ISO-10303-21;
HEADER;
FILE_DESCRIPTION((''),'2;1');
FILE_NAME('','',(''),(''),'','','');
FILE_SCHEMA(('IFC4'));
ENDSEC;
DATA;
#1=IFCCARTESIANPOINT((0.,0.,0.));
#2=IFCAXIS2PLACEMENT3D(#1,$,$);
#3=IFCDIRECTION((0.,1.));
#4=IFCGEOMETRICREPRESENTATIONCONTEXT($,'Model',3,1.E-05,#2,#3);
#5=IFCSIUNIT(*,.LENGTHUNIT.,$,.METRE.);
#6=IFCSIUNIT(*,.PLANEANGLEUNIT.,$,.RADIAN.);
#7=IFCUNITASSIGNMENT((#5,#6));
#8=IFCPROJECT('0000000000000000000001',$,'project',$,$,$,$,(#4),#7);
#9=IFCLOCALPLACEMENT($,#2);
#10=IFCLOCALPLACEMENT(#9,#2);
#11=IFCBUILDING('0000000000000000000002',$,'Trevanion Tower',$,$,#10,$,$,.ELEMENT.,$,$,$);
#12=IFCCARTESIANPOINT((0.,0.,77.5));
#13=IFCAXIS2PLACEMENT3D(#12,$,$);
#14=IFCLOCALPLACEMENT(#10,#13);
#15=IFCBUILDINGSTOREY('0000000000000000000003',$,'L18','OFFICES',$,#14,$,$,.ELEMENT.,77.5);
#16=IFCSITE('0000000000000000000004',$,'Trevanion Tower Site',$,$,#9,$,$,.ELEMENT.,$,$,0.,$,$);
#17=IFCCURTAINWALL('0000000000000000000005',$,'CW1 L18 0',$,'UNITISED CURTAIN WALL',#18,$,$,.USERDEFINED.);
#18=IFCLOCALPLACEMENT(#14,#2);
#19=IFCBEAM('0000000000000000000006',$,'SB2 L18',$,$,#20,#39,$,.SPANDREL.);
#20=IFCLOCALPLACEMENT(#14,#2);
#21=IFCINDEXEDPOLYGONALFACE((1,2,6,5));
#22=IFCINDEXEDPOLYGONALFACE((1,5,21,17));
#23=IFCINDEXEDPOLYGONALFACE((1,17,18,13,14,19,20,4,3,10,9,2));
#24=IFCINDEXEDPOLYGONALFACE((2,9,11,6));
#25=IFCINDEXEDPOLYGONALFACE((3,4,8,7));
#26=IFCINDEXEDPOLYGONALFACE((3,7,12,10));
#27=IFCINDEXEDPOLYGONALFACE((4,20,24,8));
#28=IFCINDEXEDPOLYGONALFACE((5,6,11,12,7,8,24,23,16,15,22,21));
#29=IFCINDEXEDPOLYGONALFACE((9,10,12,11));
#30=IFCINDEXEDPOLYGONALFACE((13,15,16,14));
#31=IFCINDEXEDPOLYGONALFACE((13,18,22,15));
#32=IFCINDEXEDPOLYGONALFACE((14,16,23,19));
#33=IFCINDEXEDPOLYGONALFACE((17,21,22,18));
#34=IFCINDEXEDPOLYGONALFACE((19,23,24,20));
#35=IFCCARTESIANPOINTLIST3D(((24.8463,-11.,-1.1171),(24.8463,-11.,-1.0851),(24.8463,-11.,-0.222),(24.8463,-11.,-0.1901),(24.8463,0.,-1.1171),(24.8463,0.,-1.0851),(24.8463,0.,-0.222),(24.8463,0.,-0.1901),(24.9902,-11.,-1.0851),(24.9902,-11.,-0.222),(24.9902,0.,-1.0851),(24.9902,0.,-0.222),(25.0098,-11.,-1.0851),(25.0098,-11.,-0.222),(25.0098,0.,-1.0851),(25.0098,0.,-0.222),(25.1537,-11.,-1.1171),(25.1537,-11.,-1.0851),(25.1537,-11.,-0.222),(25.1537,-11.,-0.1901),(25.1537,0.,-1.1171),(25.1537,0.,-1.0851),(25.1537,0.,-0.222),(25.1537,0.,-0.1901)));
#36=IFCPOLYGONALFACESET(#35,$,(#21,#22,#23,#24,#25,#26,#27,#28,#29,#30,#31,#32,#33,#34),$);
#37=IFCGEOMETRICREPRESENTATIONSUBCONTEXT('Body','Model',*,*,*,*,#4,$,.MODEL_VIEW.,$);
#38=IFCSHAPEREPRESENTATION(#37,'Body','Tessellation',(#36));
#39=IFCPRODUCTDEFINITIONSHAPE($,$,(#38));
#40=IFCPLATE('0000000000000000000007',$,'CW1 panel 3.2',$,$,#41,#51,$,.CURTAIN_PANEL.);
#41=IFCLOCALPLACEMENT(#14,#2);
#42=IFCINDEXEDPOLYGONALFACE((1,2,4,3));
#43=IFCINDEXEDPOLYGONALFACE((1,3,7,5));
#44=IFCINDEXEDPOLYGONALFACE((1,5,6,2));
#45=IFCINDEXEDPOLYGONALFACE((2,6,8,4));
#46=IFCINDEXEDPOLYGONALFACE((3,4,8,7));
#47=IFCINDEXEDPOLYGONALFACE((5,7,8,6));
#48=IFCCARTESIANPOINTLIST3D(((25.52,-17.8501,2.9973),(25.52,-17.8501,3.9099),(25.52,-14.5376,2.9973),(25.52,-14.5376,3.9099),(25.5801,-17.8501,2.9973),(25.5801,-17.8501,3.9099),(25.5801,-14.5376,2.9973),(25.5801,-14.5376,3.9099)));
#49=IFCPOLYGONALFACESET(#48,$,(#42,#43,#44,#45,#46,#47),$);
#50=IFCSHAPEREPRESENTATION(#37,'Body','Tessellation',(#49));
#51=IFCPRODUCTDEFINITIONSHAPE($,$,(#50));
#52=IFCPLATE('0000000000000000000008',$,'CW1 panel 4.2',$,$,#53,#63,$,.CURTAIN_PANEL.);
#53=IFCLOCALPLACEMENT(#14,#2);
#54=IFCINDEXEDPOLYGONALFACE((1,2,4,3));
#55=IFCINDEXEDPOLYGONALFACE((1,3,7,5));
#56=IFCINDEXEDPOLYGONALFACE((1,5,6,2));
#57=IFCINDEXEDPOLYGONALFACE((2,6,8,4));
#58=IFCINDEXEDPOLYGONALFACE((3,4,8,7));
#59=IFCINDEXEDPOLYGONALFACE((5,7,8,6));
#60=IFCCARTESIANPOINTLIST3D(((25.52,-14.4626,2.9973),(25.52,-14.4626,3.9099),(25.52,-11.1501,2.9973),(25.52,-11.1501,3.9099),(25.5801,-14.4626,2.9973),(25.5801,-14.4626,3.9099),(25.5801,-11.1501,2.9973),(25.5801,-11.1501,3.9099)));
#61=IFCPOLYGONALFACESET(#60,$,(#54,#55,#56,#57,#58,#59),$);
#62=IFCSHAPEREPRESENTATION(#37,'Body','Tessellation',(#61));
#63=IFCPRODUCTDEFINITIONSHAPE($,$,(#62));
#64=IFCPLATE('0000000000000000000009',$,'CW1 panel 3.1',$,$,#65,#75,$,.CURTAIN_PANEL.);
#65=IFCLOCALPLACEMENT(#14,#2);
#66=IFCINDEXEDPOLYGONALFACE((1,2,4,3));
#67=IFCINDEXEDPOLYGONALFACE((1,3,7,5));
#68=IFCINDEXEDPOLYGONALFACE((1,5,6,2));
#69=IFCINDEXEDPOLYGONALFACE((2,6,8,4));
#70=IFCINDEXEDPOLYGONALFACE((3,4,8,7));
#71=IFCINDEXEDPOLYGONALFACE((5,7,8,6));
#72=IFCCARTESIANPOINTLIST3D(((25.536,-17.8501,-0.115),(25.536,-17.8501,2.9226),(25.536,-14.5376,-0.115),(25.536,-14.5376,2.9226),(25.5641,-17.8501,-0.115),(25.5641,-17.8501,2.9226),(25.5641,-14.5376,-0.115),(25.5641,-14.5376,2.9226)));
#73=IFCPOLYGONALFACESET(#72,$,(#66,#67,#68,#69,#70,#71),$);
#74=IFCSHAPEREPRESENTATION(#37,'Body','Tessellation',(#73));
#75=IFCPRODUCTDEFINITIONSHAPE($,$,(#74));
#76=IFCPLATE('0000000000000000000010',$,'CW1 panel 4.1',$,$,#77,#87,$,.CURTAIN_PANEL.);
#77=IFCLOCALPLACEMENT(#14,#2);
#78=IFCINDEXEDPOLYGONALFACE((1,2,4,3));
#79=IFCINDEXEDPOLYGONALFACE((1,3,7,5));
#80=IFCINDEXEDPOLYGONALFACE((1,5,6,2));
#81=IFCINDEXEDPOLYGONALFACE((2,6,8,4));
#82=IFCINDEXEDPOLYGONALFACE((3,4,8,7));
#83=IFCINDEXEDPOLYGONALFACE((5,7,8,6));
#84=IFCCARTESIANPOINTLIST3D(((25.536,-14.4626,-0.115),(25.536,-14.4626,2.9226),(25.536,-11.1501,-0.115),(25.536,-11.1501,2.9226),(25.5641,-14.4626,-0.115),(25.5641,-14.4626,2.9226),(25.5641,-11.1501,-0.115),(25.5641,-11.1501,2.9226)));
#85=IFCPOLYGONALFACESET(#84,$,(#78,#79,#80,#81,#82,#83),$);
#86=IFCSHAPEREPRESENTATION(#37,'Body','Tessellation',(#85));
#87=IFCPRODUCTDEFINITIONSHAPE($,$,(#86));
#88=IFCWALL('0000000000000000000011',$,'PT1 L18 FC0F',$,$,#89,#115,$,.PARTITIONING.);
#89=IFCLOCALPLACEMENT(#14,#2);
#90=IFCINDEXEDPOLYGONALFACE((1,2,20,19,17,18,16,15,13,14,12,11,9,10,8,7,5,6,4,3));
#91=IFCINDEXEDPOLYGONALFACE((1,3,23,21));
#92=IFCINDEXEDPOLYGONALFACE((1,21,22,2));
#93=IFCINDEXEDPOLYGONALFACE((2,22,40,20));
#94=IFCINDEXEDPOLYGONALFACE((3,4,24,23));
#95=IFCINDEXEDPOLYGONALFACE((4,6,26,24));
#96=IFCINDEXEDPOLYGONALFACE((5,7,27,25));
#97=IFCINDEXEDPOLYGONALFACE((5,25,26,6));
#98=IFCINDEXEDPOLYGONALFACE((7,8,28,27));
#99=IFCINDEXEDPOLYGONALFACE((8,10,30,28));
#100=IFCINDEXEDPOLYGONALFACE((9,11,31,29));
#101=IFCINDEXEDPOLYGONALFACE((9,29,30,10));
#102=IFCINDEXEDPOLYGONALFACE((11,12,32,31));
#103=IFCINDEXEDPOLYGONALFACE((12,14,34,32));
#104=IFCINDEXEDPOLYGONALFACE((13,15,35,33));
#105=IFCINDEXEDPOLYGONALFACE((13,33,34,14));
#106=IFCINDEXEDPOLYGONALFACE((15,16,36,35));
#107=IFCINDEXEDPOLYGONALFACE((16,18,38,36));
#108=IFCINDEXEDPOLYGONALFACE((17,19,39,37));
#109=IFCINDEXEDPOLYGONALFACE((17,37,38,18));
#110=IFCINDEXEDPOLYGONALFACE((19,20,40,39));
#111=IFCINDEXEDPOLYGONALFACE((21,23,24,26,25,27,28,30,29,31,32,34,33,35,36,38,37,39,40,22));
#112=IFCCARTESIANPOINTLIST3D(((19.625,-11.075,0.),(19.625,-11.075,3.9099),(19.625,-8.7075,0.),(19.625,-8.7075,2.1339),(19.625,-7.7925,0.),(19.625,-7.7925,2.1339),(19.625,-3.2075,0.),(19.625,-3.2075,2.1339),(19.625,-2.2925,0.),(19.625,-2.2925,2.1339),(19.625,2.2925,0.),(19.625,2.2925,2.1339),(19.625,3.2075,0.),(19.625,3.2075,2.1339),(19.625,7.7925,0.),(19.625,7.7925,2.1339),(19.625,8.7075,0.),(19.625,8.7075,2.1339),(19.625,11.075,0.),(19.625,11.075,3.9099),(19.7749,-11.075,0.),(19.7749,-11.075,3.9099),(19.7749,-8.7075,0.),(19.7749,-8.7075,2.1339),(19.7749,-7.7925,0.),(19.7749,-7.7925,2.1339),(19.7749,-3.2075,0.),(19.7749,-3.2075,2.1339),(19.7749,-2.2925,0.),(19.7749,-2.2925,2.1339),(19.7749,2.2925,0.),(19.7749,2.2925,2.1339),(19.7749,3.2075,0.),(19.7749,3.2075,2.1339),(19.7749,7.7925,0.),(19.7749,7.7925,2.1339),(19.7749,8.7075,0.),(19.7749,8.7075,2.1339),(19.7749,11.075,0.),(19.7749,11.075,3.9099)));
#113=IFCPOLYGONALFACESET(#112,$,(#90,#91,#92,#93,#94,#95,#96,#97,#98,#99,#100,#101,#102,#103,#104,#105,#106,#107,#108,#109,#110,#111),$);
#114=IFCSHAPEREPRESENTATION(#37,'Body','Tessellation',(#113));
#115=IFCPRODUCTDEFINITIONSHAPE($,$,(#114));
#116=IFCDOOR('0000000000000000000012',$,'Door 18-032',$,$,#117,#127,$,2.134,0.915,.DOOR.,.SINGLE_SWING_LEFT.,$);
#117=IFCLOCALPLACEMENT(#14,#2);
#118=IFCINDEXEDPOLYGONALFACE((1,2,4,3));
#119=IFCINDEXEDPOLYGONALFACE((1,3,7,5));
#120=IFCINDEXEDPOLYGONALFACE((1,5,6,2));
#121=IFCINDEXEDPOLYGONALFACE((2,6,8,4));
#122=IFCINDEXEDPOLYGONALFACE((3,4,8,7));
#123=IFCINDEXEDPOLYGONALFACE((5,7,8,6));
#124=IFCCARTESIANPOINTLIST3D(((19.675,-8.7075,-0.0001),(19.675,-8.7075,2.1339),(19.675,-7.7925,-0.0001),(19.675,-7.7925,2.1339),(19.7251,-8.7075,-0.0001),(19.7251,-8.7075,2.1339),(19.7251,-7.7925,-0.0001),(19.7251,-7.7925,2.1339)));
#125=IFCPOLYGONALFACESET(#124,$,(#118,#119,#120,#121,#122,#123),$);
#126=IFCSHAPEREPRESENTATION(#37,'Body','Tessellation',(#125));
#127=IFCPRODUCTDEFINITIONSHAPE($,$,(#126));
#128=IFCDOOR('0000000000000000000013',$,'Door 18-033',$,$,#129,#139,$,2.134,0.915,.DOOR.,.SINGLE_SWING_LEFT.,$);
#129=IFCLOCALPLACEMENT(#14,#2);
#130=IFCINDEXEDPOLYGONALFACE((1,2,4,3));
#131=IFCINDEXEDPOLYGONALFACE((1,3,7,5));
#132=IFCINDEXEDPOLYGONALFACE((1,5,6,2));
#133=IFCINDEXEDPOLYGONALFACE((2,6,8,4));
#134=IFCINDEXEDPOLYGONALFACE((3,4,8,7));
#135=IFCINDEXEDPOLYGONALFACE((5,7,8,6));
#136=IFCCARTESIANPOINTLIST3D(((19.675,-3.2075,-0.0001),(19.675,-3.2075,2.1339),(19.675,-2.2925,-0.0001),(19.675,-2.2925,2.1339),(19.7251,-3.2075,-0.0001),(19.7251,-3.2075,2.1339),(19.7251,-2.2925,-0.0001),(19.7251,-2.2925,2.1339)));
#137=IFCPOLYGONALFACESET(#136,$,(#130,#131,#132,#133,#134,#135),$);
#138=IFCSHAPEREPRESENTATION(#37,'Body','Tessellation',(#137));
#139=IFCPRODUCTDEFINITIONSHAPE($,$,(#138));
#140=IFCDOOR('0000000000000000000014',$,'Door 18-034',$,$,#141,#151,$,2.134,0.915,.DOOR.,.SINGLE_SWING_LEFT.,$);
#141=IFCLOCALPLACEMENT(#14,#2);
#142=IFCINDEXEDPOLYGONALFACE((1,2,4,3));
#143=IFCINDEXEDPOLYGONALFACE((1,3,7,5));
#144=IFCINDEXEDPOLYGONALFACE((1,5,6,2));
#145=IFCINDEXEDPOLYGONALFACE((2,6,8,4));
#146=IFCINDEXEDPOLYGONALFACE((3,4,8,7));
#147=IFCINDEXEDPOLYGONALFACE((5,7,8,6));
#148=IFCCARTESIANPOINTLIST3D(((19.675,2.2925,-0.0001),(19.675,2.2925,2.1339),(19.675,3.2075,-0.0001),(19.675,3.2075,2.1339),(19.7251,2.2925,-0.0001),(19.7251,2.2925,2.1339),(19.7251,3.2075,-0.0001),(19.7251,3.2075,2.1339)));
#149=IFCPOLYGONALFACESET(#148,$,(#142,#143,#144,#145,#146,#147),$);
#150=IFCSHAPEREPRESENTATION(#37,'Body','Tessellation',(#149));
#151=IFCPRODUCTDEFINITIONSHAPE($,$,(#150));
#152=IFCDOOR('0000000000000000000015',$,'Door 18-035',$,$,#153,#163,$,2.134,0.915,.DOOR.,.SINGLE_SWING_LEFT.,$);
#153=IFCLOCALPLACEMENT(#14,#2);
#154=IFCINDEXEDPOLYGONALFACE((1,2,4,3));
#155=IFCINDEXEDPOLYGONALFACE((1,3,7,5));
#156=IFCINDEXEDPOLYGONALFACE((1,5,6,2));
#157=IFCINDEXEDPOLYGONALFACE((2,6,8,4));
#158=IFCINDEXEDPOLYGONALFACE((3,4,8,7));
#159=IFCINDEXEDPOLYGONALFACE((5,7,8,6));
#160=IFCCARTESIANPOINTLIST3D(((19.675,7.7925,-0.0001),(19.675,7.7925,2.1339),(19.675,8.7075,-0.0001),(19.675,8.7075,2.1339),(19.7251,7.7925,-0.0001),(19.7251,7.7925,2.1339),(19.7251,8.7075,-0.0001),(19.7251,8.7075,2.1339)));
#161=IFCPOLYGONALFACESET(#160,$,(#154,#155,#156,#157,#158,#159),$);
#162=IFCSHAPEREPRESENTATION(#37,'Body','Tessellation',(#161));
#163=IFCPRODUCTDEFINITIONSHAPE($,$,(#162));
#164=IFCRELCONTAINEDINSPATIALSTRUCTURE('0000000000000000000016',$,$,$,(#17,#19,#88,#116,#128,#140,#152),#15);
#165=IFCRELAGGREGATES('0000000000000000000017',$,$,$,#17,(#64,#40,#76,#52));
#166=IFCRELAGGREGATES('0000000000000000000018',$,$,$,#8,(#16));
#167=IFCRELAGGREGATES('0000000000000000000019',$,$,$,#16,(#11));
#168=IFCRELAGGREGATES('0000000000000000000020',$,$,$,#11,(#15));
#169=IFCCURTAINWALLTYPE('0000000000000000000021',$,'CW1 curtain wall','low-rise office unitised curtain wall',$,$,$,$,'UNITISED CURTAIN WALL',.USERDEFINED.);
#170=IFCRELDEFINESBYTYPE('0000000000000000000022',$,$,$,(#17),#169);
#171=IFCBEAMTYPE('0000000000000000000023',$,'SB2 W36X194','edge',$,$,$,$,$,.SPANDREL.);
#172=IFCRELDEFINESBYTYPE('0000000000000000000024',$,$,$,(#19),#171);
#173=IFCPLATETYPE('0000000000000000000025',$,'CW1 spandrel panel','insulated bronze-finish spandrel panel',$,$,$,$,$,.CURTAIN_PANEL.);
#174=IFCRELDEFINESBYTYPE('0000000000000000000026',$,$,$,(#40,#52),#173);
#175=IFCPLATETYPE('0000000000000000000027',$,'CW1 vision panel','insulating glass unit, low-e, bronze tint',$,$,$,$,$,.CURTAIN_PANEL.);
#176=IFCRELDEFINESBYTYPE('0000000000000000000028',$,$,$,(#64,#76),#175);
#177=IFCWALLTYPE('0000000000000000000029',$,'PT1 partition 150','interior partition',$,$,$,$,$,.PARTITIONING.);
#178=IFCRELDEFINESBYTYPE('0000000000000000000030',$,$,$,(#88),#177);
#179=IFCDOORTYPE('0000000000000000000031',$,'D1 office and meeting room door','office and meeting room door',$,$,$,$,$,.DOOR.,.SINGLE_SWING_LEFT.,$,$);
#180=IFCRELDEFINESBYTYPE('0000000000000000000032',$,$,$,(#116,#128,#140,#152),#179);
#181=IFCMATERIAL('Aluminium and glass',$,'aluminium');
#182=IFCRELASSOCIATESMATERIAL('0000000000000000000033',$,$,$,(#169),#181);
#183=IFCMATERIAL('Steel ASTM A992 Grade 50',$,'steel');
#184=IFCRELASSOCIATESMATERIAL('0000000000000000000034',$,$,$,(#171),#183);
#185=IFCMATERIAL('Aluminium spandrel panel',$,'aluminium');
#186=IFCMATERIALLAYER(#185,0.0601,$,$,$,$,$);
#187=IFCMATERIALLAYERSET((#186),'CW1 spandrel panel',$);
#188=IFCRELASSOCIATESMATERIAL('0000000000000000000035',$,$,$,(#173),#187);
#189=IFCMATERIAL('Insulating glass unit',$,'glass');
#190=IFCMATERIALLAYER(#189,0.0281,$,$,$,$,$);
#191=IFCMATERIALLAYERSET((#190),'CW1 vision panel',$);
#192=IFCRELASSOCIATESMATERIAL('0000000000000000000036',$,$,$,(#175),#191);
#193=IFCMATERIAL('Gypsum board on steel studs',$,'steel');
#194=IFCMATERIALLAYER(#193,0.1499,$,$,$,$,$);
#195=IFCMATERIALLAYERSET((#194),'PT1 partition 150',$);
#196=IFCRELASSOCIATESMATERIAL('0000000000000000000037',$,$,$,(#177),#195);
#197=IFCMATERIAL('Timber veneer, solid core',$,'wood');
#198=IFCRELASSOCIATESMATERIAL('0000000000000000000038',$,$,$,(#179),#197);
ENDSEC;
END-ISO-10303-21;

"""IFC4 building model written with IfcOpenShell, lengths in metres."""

from ifc_helpers import new_model, si_unit, direction, frame, frame_2d, origin, origin_2d, place, context, subcontext, project, spatial, rectangle, i_section, extrude, material, layer, layer_set, material_profile, profile_set, type_object, element, fill, aggregate, save


model = new_model("IFC4")

# Units and contexts
model_context = context("Model", 3, precision=1e-05, world=origin(), true_north=direction((0.0, 1.0)))
body_context = subcontext(model_context, "Body", "Model", "MODEL_VIEW")
ifc_project = project(units=[si_unit("LENGTHUNIT", "METRE"), si_unit("PLANEANGLEUNIT", "RADIAN")], contexts=[model_context])

# Site, building, storey
site_placement = place(None, origin())
site = spatial("IfcSite", under=ifc_project, at=site_placement, Name="Trevanion Tower Site", CompositionType="ELEMENT", RefElevation=0.0)
building_placement = place(site_placement, origin())
building = spatial("IfcBuilding", under=site, at=building_placement, Name="Trevanion Tower", CompositionType="ELEMENT")
storey_placement = place(building_placement, frame((0.0, 0.0, 77.5)))
storey = spatial("IfcBuildingStorey", under=building, at=storey_placement, Name="L18", Description="OFFICES", CompositionType="ELEMENT", Elevation=77.5)

# Curtain wall
ifc_material_1 = material(Name="Aluminium and glass", Category="aluminium")
curtain_wall_type = type_object("IfcCurtainWallType", Name="CW1 curtain wall", Description="low-rise office unitised curtain wall", ElementType="UNITISED CURTAIN WALL", PredefinedType="USERDEFINED", material=ifc_material_1)
curtain_wall_placement = place(storey_placement, origin())
curtain_wall = element("IfcCurtainWall", 1, at=curtain_wall_placement, inside=storey, type_object=curtain_wall_type, Name="CW1 L18 0", ObjectType="UNITISED CURTAIN WALL", PredefinedType="USERDEFINED")

# Beam
ifc_material_2 = material(Name="Steel ASTM A992 Grade 50", Category="steel")
ifc_material_profile_1 = material_profile(ifc_material_2, i_section(OverallWidth=0.3074, OverallDepth=0.927, WebThickness=0.0195, FlangeThickness=0.032, at=origin_2d()), Name="W36X194")
ifc_profile_set_1 = profile_set([ifc_material_profile_1], Name="Steel ASTM A992 Grade 50")
beam_type = type_object("IfcBeamType", Name="SB2 W36X194", Description="edge", PredefinedType="SPANDREL", material=ifc_profile_set_1)
beam_1_placement = place(storey_placement, frame((25.0, -11.0, -0.6536), z_axis=(0.0, 1.0, 0.0), x_axis=(-1.0, 0.0, 0.0)))
element("IfcBeam", 2, at=beam_1_placement, inside=storey, type_object=beam_type, Name="SB2 L18", PredefinedType="SPANDREL", context=body_context, shape_type="SweptSolid", body=[
    extrude(i_section(OverallWidth=0.3074, OverallDepth=0.927, WebThickness=0.0195, FlangeThickness=0.032, at=origin_2d()), origin(), (0.0, 0.0, 1.0), 11.0),
])

# Plates
ifc_material_3 = material(Name="Aluminium spandrel panel", Category="aluminium")
ifc_layer_1 = layer(ifc_material_3, 0.0601)
ifc_layer_set_1 = layer_set([ifc_layer_1], Name="CW1 spandrel panel")
plate_type_1 = type_object("IfcPlateType", Name="CW1 spandrel panel", Description="insulated bronze-finish spandrel panel", PredefinedType="CURTAIN_PANEL", material=ifc_layer_set_1)
plate_1_placement = place(storey_placement, frame((25.55, -16.1938, 2.9973), z_axis=(0.0, 0.0, 1.0), x_axis=(0.0, 1.0, 0.0)))
plate_1 = element("IfcPlate", 3, at=plate_1_placement, type_object=plate_type_1, Name="CW1 panel 3.2", PredefinedType="CURTAIN_PANEL", context=body_context, shape_type="SweptSolid", body=[
    extrude(rectangle(XDim=3.3125, YDim=0.0601, at=origin_2d()), origin(), (0.0, 0.0, 1.0), 0.9126),
])
plate_2_placement = place(storey_placement, frame((25.55, -12.8064, 2.9973), z_axis=(0.0, 0.0, 1.0), x_axis=(0.0, 1.0, 0.0)))
plate_2 = element("IfcPlate", 4, at=plate_2_placement, type_object=plate_type_1, Name="CW1 panel 4.2", PredefinedType="CURTAIN_PANEL", context=body_context, shape_type="SweptSolid", body=[
    extrude(rectangle(XDim=3.3125, YDim=0.0601, at=origin_2d()), origin(), (0.0, 0.0, 1.0), 0.9126),
])
ifc_material_4 = material(Name="Insulating glass unit", Category="glass")
ifc_layer_2 = layer(ifc_material_4, 0.0281)
ifc_layer_set_2 = layer_set([ifc_layer_2], Name="CW1 vision panel")
plate_type_2 = type_object("IfcPlateType", Name="CW1 vision panel", Description="insulating glass unit, low-e, bronze tint", PredefinedType="CURTAIN_PANEL", material=ifc_layer_set_2)
plate_3_placement = place(storey_placement, frame((25.55, -16.1938, -0.115), z_axis=(0.0, 0.0, 1.0), x_axis=(0.0, 1.0, 0.0)))
plate_3 = element("IfcPlate", 5, at=plate_3_placement, type_object=plate_type_2, Name="CW1 panel 3.1", PredefinedType="CURTAIN_PANEL", context=body_context, shape_type="SweptSolid", body=[
    extrude(rectangle(XDim=3.3125, YDim=0.0281, at=origin_2d()), origin(), (0.0, 0.0, 1.0), 3.0376),
])
plate_4_placement = place(storey_placement, frame((25.55, -12.8064, -0.115), z_axis=(0.0, 0.0, 1.0), x_axis=(0.0, 1.0, 0.0)))
plate_4 = element("IfcPlate", 6, at=plate_4_placement, type_object=plate_type_2, Name="CW1 panel 4.1", PredefinedType="CURTAIN_PANEL", context=body_context, shape_type="SweptSolid", body=[
    extrude(rectangle(XDim=3.3125, YDim=0.0281, at=origin_2d()), origin(), (0.0, 0.0, 1.0), 3.0376),
])
aggregate(curtain_wall, [plate_3, plate_1, plate_4, plate_2])

# Wall, openings, doors
ifc_material_5 = material(Name="Gypsum board on steel studs", Category="steel")
ifc_layer_3 = layer(ifc_material_5, 0.1499)
ifc_layer_set_3 = layer_set([ifc_layer_3], Name="PT1 partition 150")
wall_type = type_object("IfcWallType", Name="PT1 partition 150", Description="interior partition", PredefinedType="PARTITIONING", material=ifc_layer_set_3)
wall_placement = place(storey_placement, frame((19.7, -11.075, 0.0), z_axis=(0.0, 0.0, 1.0), x_axis=(0.0, 1.0, 0.0)))
wall = element("IfcWall", 7, at=wall_placement, inside=storey, type_object=wall_type, Name="PT1 L18 FC0F", PredefinedType="PARTITIONING", context=body_context, shape_type="SweptSolid", body=[
    extrude(rectangle(XDim=22.1499, YDim=0.1499, at=frame_2d((11.075, 0.0))), origin(), (0.0, 0.0, 1.0), 3.9099),
])
opening_1_placement = place(wall_placement, frame((2.3674, 0.0, 0.0)))
opening_1 = element("IfcOpeningElement", 8, at=opening_1_placement, cuts=wall, PredefinedType="OPENING", context=body_context, shape_type="SweptSolid", body=[
    extrude(rectangle(XDim=0.915, YDim=2.134, at=frame_2d((0.4575, 1.0669))), frame((0.0, 0.085, 0.0), z_axis=(0.0, -1.0, 0.0), x_axis=(1.0, 0.0, 0.0)), (0.0, 0.0, 1.0), 0.1699),
])
opening_2_placement = place(wall_placement, frame((7.8674, 0.0, 0.0)))
opening_2 = element("IfcOpeningElement", 9, at=opening_2_placement, cuts=wall, PredefinedType="OPENING", context=body_context, shape_type="SweptSolid", body=[
    extrude(rectangle(XDim=0.915, YDim=2.134, at=frame_2d((0.4575, 1.0669))), frame((0.0, 0.085, 0.0), z_axis=(0.0, -1.0, 0.0), x_axis=(1.0, 0.0, 0.0)), (0.0, 0.0, 1.0), 0.1699),
])
opening_3_placement = place(wall_placement, frame((13.3674, 0.0, 0.0)))
opening_3 = element("IfcOpeningElement", 10, at=opening_3_placement, cuts=wall, PredefinedType="OPENING", context=body_context, shape_type="SweptSolid", body=[
    extrude(rectangle(XDim=0.915, YDim=2.134, at=frame_2d((0.4575, 1.0669))), frame((0.0, 0.085, 0.0), z_axis=(0.0, -1.0, 0.0), x_axis=(1.0, 0.0, 0.0)), (0.0, 0.0, 1.0), 0.1699),
])
opening_4_placement = place(wall_placement, frame((18.8674, 0.0, 0.0)))
opening_4 = element("IfcOpeningElement", 11, at=opening_4_placement, cuts=wall, PredefinedType="OPENING", context=body_context, shape_type="SweptSolid", body=[
    extrude(rectangle(XDim=0.915, YDim=2.134, at=frame_2d((0.4575, 1.0669))), frame((0.0, 0.085, 0.0), z_axis=(0.0, -1.0, 0.0), x_axis=(1.0, 0.0, 0.0)), (0.0, 0.0, 1.0), 0.1699),
])
ifc_material_6 = material(Name="Timber veneer, solid core", Category="wood")
door_type = type_object("IfcDoorType", Name="D1 office and meeting room door", Description="office and meeting room door", OperationType="SINGLE_SWING_LEFT", PredefinedType="DOOR", material=ifc_material_6)
door_1_placement = place(opening_1_placement, origin())
door_1 = element("IfcDoor", 12, at=door_1_placement, inside=storey, type_object=door_type, Name="Door 18-032", OperationType="SINGLE_SWING_LEFT", OverallHeight=2.134, OverallWidth=0.915, PredefinedType="DOOR", context=body_context, shape_type="SweptSolid", body=[
    extrude(rectangle(XDim=0.915, YDim=2.134, at=frame_2d((0.4575, 1.0669))), frame((0.0, 0.0249, 0.0), z_axis=(0.0, -1.0, 0.0), x_axis=(1.0, 0.0, 0.0)), (0.0, 0.0, 1.0), 0.05),
])
fill(opening_1, door_1)
door_2_placement = place(opening_2_placement, origin())
door_2 = element("IfcDoor", 13, at=door_2_placement, inside=storey, type_object=door_type, Name="Door 18-033", OperationType="SINGLE_SWING_LEFT", OverallHeight=2.134, OverallWidth=0.915, PredefinedType="DOOR", context=body_context, shape_type="SweptSolid", body=[
    extrude(rectangle(XDim=0.915, YDim=2.134, at=frame_2d((0.4575, 1.0669))), frame((0.0, 0.0249, 0.0), z_axis=(0.0, -1.0, 0.0), x_axis=(1.0, 0.0, 0.0)), (0.0, 0.0, 1.0), 0.05),
])
fill(opening_2, door_2)
door_3_placement = place(opening_3_placement, origin())
door_3 = element("IfcDoor", 14, at=door_3_placement, inside=storey, type_object=door_type, Name="Door 18-034", OperationType="SINGLE_SWING_LEFT", OverallHeight=2.134, OverallWidth=0.915, PredefinedType="DOOR", context=body_context, shape_type="SweptSolid", body=[
    extrude(rectangle(XDim=0.915, YDim=2.134, at=frame_2d((0.4575, 1.0669))), frame((0.0, 0.0249, 0.0), z_axis=(0.0, -1.0, 0.0), x_axis=(1.0, 0.0, 0.0)), (0.0, 0.0, 1.0), 0.05),
])
fill(opening_3, door_3)
door_4_placement = place(opening_4_placement, origin())
door_4 = element("IfcDoor", 15, at=door_4_placement, inside=storey, type_object=door_type, Name="Door 18-035", OperationType="SINGLE_SWING_LEFT", OverallHeight=2.134, OverallWidth=0.915, PredefinedType="DOOR", context=body_context, shape_type="SweptSolid", body=[
    extrude(rectangle(XDim=0.915, YDim=2.134, at=frame_2d((0.4575, 1.0669))), frame((0.0, 0.0249, 0.0), z_axis=(0.0, -1.0, 0.0), x_axis=(1.0, 0.0, 0.0)), (0.0, 0.0, 1.0), 0.05),
])
fill(opening_4, door_4)

save(model, "model.ifc")
